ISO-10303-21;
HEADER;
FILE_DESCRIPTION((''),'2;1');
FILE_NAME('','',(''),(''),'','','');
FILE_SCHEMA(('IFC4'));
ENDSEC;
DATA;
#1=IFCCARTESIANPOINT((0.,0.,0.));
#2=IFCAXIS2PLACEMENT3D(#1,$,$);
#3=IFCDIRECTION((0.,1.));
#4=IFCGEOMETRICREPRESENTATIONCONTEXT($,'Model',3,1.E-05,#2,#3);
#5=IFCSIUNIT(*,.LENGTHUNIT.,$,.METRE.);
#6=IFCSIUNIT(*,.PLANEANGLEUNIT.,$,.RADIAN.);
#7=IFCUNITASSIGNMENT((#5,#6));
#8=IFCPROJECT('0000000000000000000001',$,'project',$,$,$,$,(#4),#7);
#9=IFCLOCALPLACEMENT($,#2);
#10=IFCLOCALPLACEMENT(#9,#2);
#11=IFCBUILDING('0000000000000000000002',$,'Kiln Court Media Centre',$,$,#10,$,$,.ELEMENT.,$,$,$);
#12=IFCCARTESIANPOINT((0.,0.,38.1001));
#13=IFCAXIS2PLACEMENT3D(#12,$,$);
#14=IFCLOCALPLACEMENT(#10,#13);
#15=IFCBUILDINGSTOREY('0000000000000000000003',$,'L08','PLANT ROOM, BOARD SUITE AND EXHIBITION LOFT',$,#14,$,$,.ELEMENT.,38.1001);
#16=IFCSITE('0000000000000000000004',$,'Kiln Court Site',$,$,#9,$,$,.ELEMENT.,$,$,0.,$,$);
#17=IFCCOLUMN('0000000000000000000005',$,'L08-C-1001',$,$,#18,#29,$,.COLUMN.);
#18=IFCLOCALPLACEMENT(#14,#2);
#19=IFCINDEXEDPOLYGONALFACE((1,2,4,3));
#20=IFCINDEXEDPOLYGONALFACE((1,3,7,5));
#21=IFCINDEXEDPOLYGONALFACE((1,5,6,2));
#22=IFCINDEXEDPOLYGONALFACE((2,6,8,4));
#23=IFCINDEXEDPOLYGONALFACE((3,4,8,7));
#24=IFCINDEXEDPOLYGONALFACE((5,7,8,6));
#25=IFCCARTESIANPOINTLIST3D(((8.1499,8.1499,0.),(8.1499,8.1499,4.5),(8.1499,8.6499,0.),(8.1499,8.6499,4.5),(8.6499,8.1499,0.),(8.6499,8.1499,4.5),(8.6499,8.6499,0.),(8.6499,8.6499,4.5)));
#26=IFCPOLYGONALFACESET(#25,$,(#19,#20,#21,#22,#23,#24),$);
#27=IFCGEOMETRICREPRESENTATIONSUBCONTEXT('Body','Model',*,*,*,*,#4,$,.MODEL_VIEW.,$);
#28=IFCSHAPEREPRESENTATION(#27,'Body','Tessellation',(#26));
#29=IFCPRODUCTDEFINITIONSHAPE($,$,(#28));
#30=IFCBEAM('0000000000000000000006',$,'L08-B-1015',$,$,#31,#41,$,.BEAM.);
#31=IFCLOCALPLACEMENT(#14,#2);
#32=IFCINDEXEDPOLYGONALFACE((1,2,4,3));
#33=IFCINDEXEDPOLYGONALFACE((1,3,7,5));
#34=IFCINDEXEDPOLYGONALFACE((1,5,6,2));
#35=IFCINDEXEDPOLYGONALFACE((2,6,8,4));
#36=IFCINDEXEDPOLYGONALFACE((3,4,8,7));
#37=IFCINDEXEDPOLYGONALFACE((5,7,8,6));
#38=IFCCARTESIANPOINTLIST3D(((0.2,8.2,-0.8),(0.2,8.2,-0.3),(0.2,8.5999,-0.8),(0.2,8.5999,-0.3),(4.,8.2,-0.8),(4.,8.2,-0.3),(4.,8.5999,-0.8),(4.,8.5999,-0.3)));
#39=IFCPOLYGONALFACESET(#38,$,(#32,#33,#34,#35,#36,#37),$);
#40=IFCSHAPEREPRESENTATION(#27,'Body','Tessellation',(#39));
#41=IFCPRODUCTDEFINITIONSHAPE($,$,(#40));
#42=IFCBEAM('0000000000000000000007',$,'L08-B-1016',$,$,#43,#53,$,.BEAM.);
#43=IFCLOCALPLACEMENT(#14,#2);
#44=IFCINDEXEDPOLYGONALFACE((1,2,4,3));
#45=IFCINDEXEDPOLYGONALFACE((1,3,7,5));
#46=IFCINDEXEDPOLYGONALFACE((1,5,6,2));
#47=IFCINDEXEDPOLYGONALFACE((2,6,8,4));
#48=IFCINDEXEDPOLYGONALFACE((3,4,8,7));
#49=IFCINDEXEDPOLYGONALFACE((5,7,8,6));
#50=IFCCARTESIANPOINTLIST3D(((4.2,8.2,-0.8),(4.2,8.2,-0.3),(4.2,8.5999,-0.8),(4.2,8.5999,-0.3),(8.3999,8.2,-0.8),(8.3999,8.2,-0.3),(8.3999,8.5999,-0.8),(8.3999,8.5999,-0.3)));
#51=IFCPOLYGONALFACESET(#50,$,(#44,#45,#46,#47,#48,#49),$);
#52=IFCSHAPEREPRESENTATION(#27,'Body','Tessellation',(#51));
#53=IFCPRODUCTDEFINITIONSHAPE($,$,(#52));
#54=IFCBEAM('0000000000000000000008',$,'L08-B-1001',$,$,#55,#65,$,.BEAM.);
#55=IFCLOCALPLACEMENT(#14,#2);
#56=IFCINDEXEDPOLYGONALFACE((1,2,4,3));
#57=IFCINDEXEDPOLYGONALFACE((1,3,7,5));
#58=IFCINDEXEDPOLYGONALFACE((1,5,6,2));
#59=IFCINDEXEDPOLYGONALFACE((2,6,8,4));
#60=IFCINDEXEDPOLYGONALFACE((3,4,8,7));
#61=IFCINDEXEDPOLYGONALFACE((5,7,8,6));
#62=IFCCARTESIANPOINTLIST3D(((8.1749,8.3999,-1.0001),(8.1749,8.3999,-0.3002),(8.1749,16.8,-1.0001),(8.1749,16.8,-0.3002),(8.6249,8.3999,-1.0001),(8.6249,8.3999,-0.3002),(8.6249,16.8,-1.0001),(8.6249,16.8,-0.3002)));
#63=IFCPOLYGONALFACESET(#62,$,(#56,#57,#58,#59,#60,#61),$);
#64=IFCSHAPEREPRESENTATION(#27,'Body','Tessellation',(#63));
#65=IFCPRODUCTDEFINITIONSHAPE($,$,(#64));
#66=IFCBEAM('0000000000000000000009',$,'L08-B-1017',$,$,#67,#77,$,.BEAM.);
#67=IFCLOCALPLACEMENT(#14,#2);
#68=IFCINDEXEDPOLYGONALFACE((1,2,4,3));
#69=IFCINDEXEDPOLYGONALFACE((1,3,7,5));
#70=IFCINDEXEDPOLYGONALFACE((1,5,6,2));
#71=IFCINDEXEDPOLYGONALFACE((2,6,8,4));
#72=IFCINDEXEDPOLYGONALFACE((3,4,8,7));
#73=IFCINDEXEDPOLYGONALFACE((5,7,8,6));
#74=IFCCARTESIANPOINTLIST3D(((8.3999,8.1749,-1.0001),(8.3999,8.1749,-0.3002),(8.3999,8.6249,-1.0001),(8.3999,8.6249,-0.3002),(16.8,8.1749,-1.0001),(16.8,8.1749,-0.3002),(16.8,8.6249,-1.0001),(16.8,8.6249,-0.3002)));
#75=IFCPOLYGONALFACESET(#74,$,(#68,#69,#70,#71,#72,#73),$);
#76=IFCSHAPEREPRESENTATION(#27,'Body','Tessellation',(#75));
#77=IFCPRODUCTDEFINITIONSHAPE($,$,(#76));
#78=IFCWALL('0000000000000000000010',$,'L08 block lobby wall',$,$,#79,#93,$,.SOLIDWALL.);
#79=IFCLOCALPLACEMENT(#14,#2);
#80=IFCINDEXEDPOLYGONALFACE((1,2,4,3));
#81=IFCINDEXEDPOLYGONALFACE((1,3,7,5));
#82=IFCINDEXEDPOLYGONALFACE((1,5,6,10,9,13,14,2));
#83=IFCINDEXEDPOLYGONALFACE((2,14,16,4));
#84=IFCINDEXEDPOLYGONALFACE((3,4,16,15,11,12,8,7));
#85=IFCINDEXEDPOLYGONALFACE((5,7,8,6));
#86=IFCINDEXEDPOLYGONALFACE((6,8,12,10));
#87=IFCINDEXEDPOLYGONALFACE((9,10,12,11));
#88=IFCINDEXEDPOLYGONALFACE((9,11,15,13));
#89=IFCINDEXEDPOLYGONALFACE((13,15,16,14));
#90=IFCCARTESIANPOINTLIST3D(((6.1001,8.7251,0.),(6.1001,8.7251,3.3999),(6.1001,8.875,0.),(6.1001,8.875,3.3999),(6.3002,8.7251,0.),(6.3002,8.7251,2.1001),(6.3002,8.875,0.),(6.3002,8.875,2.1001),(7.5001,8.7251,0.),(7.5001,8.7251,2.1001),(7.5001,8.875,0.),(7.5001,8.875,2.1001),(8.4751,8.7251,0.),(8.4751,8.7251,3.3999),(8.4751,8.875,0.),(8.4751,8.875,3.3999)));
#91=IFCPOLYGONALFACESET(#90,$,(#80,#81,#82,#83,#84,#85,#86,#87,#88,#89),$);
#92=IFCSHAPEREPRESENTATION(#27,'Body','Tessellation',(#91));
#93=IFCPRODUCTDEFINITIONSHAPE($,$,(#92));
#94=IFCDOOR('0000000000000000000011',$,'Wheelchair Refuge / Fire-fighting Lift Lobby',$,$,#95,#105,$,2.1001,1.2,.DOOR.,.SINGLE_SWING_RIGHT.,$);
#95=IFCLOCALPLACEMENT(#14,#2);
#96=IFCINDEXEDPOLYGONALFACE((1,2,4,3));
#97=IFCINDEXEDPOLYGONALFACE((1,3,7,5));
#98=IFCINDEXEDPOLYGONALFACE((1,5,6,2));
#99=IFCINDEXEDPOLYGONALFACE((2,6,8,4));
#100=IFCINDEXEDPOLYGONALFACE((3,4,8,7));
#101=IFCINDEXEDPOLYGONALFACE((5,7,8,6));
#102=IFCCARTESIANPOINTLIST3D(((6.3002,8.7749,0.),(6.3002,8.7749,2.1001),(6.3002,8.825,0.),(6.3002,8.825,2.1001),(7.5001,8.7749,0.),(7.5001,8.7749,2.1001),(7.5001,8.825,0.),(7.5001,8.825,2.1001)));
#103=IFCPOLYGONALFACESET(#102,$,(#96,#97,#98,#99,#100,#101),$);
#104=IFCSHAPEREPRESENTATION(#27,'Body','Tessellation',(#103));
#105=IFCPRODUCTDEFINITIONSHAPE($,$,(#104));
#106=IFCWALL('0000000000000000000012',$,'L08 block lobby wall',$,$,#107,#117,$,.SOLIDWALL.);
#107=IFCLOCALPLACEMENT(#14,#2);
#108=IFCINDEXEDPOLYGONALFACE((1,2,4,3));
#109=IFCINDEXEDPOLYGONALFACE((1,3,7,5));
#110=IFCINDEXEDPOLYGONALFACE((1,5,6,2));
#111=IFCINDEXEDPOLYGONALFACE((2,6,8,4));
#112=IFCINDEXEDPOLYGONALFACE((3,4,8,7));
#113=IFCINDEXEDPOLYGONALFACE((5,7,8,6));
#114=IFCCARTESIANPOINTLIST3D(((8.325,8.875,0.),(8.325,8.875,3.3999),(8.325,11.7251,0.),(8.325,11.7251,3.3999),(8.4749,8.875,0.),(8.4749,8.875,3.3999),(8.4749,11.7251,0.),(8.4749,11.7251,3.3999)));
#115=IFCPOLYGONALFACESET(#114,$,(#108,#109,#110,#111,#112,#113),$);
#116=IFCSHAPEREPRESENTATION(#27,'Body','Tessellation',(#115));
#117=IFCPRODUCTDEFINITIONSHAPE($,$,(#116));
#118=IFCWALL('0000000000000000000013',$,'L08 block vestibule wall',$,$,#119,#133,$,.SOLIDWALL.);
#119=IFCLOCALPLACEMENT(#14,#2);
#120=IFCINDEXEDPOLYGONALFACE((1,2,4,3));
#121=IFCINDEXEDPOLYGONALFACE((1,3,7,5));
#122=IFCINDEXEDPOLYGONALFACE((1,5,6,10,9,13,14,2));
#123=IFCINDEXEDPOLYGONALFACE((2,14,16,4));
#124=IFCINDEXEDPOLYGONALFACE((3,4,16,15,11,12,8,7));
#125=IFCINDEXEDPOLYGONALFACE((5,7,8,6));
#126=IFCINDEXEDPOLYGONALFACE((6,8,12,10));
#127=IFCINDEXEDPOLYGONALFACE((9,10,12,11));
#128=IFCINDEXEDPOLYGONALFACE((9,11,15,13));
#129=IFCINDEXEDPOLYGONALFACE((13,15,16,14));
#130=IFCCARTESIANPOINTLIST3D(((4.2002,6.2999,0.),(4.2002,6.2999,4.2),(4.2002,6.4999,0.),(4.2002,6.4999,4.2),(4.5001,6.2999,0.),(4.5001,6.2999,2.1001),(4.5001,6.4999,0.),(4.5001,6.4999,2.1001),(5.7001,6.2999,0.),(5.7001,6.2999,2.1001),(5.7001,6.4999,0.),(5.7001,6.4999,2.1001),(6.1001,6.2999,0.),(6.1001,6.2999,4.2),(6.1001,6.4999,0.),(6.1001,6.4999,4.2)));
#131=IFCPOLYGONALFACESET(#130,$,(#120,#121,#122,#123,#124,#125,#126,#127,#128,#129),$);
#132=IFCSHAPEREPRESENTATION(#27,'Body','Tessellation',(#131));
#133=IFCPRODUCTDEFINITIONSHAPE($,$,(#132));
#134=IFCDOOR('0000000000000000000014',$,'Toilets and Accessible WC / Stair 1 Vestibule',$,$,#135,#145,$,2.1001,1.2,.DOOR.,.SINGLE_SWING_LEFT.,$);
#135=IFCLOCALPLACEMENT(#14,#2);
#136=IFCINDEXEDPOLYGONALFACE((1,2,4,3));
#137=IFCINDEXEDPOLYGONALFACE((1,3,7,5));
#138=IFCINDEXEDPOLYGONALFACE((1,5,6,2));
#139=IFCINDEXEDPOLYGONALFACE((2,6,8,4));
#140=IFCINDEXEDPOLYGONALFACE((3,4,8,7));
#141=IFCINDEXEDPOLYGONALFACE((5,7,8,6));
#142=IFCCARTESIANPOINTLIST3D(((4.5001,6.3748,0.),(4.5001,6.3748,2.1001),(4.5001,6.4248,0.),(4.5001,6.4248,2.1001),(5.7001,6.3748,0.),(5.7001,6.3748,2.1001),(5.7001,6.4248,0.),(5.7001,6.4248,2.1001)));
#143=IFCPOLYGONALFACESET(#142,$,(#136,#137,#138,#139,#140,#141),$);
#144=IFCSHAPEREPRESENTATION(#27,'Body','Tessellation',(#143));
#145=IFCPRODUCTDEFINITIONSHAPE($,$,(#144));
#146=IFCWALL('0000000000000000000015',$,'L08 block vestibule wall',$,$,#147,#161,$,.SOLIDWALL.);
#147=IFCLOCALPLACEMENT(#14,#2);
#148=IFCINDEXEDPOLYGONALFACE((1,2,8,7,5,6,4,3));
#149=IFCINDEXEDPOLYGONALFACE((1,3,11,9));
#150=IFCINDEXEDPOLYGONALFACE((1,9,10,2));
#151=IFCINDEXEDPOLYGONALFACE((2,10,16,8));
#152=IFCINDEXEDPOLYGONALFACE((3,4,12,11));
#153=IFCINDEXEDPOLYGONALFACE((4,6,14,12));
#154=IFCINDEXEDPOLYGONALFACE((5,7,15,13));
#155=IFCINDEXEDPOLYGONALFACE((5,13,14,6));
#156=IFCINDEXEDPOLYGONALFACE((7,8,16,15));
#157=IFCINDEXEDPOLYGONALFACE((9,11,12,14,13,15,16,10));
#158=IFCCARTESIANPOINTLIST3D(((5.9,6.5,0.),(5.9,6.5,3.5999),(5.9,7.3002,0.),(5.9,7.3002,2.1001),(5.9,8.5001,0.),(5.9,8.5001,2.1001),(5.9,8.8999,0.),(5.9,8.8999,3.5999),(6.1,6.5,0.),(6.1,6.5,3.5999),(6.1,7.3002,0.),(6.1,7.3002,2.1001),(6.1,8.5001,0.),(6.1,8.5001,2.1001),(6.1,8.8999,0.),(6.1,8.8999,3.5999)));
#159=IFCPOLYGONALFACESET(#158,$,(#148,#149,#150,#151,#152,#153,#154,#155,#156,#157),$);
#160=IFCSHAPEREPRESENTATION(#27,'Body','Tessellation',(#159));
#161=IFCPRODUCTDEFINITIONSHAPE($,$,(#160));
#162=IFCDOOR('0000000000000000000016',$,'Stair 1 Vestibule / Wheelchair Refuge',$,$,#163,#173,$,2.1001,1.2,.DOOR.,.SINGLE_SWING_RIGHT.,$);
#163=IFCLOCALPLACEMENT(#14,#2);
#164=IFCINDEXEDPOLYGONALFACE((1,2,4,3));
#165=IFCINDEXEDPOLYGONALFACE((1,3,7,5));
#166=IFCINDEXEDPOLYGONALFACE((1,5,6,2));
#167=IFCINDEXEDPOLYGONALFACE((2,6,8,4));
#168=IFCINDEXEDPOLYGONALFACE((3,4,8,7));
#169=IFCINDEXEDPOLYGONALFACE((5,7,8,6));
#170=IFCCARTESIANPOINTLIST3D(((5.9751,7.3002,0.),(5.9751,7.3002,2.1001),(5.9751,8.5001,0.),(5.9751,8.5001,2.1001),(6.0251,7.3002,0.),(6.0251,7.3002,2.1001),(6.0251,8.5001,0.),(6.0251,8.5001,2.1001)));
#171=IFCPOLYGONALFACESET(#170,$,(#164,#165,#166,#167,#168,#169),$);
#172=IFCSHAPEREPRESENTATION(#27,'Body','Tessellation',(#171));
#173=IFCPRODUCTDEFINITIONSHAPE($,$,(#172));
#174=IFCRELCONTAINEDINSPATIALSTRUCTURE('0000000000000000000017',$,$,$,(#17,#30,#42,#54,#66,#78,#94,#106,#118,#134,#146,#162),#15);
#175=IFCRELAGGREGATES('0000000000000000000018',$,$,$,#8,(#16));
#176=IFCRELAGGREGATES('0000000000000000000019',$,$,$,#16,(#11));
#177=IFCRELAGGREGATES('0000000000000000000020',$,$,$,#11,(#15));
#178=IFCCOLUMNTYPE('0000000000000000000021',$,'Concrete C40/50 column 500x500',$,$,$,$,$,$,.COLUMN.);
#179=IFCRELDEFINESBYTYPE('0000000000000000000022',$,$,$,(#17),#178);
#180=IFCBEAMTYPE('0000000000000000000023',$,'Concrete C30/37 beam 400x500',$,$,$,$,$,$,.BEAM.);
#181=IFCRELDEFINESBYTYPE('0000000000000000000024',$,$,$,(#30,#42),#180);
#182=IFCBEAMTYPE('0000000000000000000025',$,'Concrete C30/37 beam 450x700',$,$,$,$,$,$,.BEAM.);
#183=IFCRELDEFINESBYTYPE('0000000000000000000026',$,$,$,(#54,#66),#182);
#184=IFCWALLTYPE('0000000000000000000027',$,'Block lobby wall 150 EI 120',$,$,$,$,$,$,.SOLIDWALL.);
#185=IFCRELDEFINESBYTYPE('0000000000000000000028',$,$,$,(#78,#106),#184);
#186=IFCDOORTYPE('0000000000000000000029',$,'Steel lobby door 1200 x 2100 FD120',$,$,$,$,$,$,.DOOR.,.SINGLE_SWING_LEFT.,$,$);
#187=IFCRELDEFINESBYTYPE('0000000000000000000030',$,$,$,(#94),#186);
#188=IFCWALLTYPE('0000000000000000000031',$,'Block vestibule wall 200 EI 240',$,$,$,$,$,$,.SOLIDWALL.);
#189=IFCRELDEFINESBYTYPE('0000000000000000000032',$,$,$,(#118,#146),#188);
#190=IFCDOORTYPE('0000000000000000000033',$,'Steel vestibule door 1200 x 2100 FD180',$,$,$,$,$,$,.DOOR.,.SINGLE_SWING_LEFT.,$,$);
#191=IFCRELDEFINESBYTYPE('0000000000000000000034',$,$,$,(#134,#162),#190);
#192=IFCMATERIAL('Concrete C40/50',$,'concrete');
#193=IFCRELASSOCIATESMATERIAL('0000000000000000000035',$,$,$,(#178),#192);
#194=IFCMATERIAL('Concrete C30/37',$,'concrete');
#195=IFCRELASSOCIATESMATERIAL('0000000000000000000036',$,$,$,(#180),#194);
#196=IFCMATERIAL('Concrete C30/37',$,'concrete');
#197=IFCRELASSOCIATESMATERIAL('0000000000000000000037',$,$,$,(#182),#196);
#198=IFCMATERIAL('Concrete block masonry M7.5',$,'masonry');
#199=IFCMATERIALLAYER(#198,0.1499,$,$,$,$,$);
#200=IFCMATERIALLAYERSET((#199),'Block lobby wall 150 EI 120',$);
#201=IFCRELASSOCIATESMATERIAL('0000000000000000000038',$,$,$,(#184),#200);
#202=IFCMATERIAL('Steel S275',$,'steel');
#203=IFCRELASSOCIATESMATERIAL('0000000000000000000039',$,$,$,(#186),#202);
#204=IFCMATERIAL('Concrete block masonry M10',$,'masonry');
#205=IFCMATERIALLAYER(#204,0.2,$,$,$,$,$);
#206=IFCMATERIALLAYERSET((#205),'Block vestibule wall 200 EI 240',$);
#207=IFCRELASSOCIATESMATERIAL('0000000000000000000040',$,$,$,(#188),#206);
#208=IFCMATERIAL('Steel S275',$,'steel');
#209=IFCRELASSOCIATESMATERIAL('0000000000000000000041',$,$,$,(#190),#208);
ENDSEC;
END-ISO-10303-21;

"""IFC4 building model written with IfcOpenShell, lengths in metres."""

from ifc_helpers import new_model, si_unit, direction, frame, frame_2d, origin, origin_2d, place, context, subcontext, project, spatial, rectangle, extrude, material, layer, layer_set, material_profile, profile_set, type_object, element, fill, save


model = new_model("IFC4")

# Units and contexts
model_context = context("Model", 3, precision=1e-05, world=origin(), true_north=direction((0.0, 1.0)))
body_context = subcontext(model_context, "Body", "Model", "MODEL_VIEW")
ifc_project = project(units=[si_unit("LENGTHUNIT", "METRE"), si_unit("PLANEANGLEUNIT", "RADIAN")], contexts=[model_context])

# Site, building, storey
site_placement = place(None, origin())
site = spatial("IfcSite", under=ifc_project, at=site_placement, Name="Kiln Court Site", CompositionType="ELEMENT", RefElevation=0.0)
building_placement = place(site_placement, origin())
building = spatial("IfcBuilding", under=site, at=building_placement, Name="Kiln Court Media Centre", CompositionType="ELEMENT")
storey_placement = place(building_placement, frame((0.0, 0.0, 38.1001)))
storey = spatial("IfcBuildingStorey", under=building, at=storey_placement, Name="L08", Description="PLANT ROOM, BOARD SUITE AND EXHIBITION LOFT", CompositionType="ELEMENT", Elevation=38.1001)

# Column
ifc_material_1 = material(Name="Concrete C40/50", Category="concrete")
ifc_material_profile_1 = material_profile(ifc_material_1, rectangle(XDim=0.5, YDim=0.5, at=origin_2d()), Name="RC 500x500")
ifc_profile_set_1 = profile_set([ifc_material_profile_1], Name="Concrete C40/50")
column_type = type_object("IfcColumnType", Name="Concrete C40/50 column 500x500", PredefinedType="COLUMN", material=ifc_profile_set_1)
column_placement = place(storey_placement, frame((8.3999, 8.3999, 0.0), z_axis=(0.0, 0.0, 1.0), x_axis=(1.0, 0.0, 0.0)))
element("IfcColumn", 1, at=column_placement, inside=storey, type_object=column_type, Name="L08-C-1001", PredefinedType="COLUMN", context=body_context, shape_type="SweptSolid", body=[
    extrude(rectangle(XDim=0.5, YDim=0.5, at=origin_2d()), origin(), (0.0, 0.0, 1.0), 4.5),
])

# Beams
ifc_material_2 = material(Name="Concrete C30/37", Category="concrete")
ifc_material_profile_2 = material_profile(ifc_material_2, rectangle(XDim=0.3999, YDim=0.5, at=origin_2d()), Name="RC 400x500")
ifc_profile_set_2 = profile_set([ifc_material_profile_2], Name="Concrete C30/37")
beam_type_1 = type_object("IfcBeamType", Name="Concrete C30/37 beam 400x500", PredefinedType="BEAM", material=ifc_profile_set_2)
beam_1_placement = place(storey_placement, frame((0.2, 8.3999, -0.55), z_axis=(1.0, 0.0, 0.0), x_axis=(0.0, 1.0, 0.0)))
element("IfcBeam", 2, at=beam_1_placement, inside=storey, type_object=beam_type_1, Name="L08-B-1015", PredefinedType="BEAM", context=body_context, shape_type="SweptSolid", body=[
    extrude(rectangle(XDim=0.3999, YDim=0.5, at=origin_2d()), origin(), (0.0, 0.0, 1.0), 3.8),
])
beam_2_placement = place(storey_placement, frame((4.2, 8.3999, -0.55), z_axis=(1.0, 0.0, 0.0), x_axis=(0.0, 1.0, 0.0)))
element("IfcBeam", 3, at=beam_2_placement, inside=storey, type_object=beam_type_1, Name="L08-B-1016", PredefinedType="BEAM", context=body_context, shape_type="SweptSolid", body=[
    extrude(rectangle(XDim=0.3999, YDim=0.5, at=origin_2d()), origin(), (0.0, 0.0, 1.0), 4.2),
])
ifc_material_3 = material(Name="Concrete C30/37", Category="concrete")
ifc_material_profile_3 = material_profile(ifc_material_3, rectangle(XDim=0.45, YDim=0.7, at=origin_2d()), Name="RC 450x700")
ifc_profile_set_3 = profile_set([ifc_material_profile_3], Name="Concrete C30/37")
beam_type_2 = type_object("IfcBeamType", Name="Concrete C30/37 beam 450x700", PredefinedType="BEAM", material=ifc_profile_set_3)
for number, where, z_axis, x_axis, name in (
    (4, (8.3999, 8.3999, -0.6501), (0.0, 1.0, 0.0), (-1.0, 0.0, 0.0), "L08-B-1001"),
    (5, (8.3999, 8.3999, -0.6501), (1.0, 0.0, 0.0), (0.0, 1.0, 0.0), "L08-B-1017"),
):
    element("IfcBeam", number, at=place(storey_placement, frame(where, z_axis=z_axis, x_axis=x_axis)), inside=storey, type_object=beam_type_2, Name=name, PredefinedType="BEAM", context=body_context, shape_type="SweptSolid", body=[
        extrude(rectangle(XDim=0.45, YDim=0.7, at=origin_2d()), origin(), (0.0, 0.0, 1.0), 8.4001),
    ])

# Wall, opening, door
ifc_material_4 = material(Name="Concrete block masonry M7.5", Category="masonry")
ifc_layer_1 = layer(ifc_material_4, 0.1499)
ifc_layer_set_1 = layer_set([ifc_layer_1], Name="Block lobby wall 150 EI 120")
wall_type_1 = type_object("IfcWallType", Name="Block lobby wall 150 EI 120", PredefinedType="SOLIDWALL", material=ifc_layer_set_1)
wall_1_placement = place(storey_placement, frame((6.1001, 8.8, 0.0), z_axis=(0.0, 0.0, 1.0), x_axis=(1.0, 0.0, 0.0)))
wall_1 = element("IfcWall", 6, at=wall_1_placement, inside=storey, type_object=wall_type_1, Name="L08 block lobby wall", PredefinedType="SOLIDWALL", context=body_context, shape_type="SweptSolid", body=[
    extrude(rectangle(XDim=2.375, YDim=0.1499, at=frame_2d((1.1875, 0.0))), origin(), (0.0, 0.0, 1.0), 3.3999),
])
opening_1_placement = place(wall_1_placement, frame((0.2, 0.0, 0.0)))
opening_1 = element("IfcOpeningElement", 7, at=opening_1_placement, cuts=wall_1, PredefinedType="OPENING", context=body_context, shape_type="SweptSolid", body=[
    extrude(rectangle(XDim=1.2, YDim=2.1001, at=frame_2d((0.6001, 1.05))), frame((0.0, 0.085, 0.0), z_axis=(0.0, -1.0, 0.0), x_axis=(1.0, 0.0, 0.0)), (0.0, 0.0, 1.0), 0.1699),
])
ifc_material_5 = material(Name="Steel S275", Category="steel")
door_type_1 = type_object("IfcDoorType", Name="Steel lobby door 1200 x 2100 FD120", OperationType="SINGLE_SWING_LEFT", PredefinedType="DOOR", material=ifc_material_5)
door_1_placement = place(opening_1_placement, origin())
door_1 = element("IfcDoor", 8, at=door_1_placement, inside=storey, type_object=door_type_1, Name="Wheelchair Refuge / Fire-fighting Lift Lobby", OperationType="SINGLE_SWING_RIGHT", OverallHeight=2.1001, OverallWidth=1.2, PredefinedType="DOOR", context=body_context, shape_type="SweptSolid", body=[
    extrude(rectangle(XDim=1.2, YDim=2.1001, at=frame_2d((0.6001, 1.05))), frame((0.0, 0.0249, 0.0), z_axis=(0.0, -1.0, 0.0), x_axis=(1.0, 0.0, 0.0)), (0.0, 0.0, 1.0), 0.05),
])
fill(opening_1, door_1)

# Wall
wall_2_placement = place(storey_placement, frame((8.3999, 8.875, 0.0), z_axis=(0.0, 0.0, 1.0), x_axis=(0.0, 1.0, 0.0)))
element("IfcWall", 9, at=wall_2_placement, inside=storey, type_object=wall_type_1, Name="L08 block lobby wall", PredefinedType="SOLIDWALL", context=body_context, shape_type="SweptSolid", body=[
    extrude(rectangle(XDim=2.8501, YDim=0.1499, at=frame_2d((1.425, 0.0))), origin(), (0.0, 0.0, 1.0), 3.3999),
])

# Walls, openings, doors
ifc_material_6 = material(Name="Concrete block masonry M10", Category="masonry")
ifc_layer_2 = layer(ifc_material_6, 0.2)
ifc_layer_set_2 = layer_set([ifc_layer_2], Name="Block vestibule wall 200 EI 240")
wall_type_2 = type_object("IfcWallType", Name="Block vestibule wall 200 EI 240", PredefinedType="SOLIDWALL", material=ifc_layer_set_2)
wall_3_placement = place(storey_placement, frame((4.2002, 6.3999, 0.0), z_axis=(0.0, 0.0, 1.0), x_axis=(1.0, 0.0, 0.0)))
wall_3 = element("IfcWall", 10, at=wall_3_placement, inside=storey, type_object=wall_type_2, Name="L08 block vestibule wall", PredefinedType="SOLIDWALL", context=body_context, shape_type="SweptSolid", body=[
    extrude(rectangle(XDim=1.8999, YDim=0.2, at=frame_2d((0.95, 0.0))), origin(), (0.0, 0.0, 1.0), 4.2),
])
opening_2_placement = place(wall_3_placement, frame((0.2998, 0.0, 0.0)))
opening_2 = element("IfcOpeningElement", 11, at=opening_2_placement, cuts=wall_3, PredefinedType="OPENING", context=body_context, shape_type="SweptSolid", body=[
    extrude(rectangle(XDim=1.2, YDim=2.1001, at=frame_2d((0.6001, 1.05))), frame((0.0, 0.1099, 0.0), z_axis=(0.0, -1.0, 0.0), x_axis=(1.0, 0.0, 0.0)), (0.0, 0.0, 1.0), 0.22),
])
ifc_material_7 = material(Name="Steel S275", Category="steel")
door_type_2 = type_object("IfcDoorType", Name="Steel vestibule door 1200 x 2100 FD180", OperationType="SINGLE_SWING_LEFT", PredefinedType="DOOR", material=ifc_material_7)
door_2_placement = place(opening_2_placement, origin())
door_2 = element("IfcDoor", 12, at=door_2_placement, inside=storey, type_object=door_type_2, Name="Toilets and Accessible WC / Stair 1 Vestibule", OperationType="SINGLE_SWING_LEFT", OverallHeight=2.1001, OverallWidth=1.2, PredefinedType="DOOR", context=body_context, shape_type="SweptSolid", body=[
    extrude(rectangle(XDim=1.2, YDim=2.1001, at=frame_2d((0.6001, 1.05))), frame((0.0, 0.0249, 0.0), z_axis=(0.0, -1.0, 0.0), x_axis=(1.0, 0.0, 0.0)), (0.0, 0.0, 1.0), 0.05),
])
fill(opening_2, door_2)
wall_4_placement = place(storey_placement, frame((6.0, 6.5, 0.0), z_axis=(0.0, 0.0, 1.0), x_axis=(0.0, 1.0, 0.0)))
wall_4 = element("IfcWall", 13, at=wall_4_placement, inside=storey, type_object=wall_type_2, Name="L08 block vestibule wall", PredefinedType="SOLIDWALL", context=body_context, shape_type="SweptSolid", body=[
    extrude(rectangle(XDim=2.3999, YDim=0.2, at=frame_2d((1.2, 0.0))), origin(), (0.0, 0.0, 1.0), 3.5999),
])
opening_3_placement = place(wall_4_placement, frame((0.8, 0.0, 0.0)))
opening_3 = element("IfcOpeningElement", 14, at=opening_3_placement, cuts=wall_4, PredefinedType="OPENING", context=body_context, shape_type="SweptSolid", body=[
    extrude(rectangle(XDim=1.2, YDim=2.1001, at=frame_2d((0.6001, 1.05))), frame((0.0, 0.1099, 0.0), z_axis=(0.0, -1.0, 0.0), x_axis=(1.0, 0.0, 0.0)), (0.0, 0.0, 1.0), 0.22),
])
door_3_placement = place(opening_3_placement, origin())
door_3 = element("IfcDoor", 15, at=door_3_placement, inside=storey, type_object=door_type_2, Name="Stair 1 Vestibule / Wheelchair Refuge", OperationType="SINGLE_SWING_RIGHT", OverallHeight=2.1001, OverallWidth=1.2, PredefinedType="DOOR", context=body_context, shape_type="SweptSolid", body=[
    extrude(rectangle(XDim=1.2, YDim=2.1001, at=frame_2d((0.6001, 1.05))), frame((0.0, 0.0249, 0.0), z_axis=(0.0, -1.0, 0.0), x_axis=(1.0, 0.0, 0.0)), (0.0, 0.0, 1.0), 0.05),
])
fill(opening_3, door_3)

save(model, "model.ifc")
